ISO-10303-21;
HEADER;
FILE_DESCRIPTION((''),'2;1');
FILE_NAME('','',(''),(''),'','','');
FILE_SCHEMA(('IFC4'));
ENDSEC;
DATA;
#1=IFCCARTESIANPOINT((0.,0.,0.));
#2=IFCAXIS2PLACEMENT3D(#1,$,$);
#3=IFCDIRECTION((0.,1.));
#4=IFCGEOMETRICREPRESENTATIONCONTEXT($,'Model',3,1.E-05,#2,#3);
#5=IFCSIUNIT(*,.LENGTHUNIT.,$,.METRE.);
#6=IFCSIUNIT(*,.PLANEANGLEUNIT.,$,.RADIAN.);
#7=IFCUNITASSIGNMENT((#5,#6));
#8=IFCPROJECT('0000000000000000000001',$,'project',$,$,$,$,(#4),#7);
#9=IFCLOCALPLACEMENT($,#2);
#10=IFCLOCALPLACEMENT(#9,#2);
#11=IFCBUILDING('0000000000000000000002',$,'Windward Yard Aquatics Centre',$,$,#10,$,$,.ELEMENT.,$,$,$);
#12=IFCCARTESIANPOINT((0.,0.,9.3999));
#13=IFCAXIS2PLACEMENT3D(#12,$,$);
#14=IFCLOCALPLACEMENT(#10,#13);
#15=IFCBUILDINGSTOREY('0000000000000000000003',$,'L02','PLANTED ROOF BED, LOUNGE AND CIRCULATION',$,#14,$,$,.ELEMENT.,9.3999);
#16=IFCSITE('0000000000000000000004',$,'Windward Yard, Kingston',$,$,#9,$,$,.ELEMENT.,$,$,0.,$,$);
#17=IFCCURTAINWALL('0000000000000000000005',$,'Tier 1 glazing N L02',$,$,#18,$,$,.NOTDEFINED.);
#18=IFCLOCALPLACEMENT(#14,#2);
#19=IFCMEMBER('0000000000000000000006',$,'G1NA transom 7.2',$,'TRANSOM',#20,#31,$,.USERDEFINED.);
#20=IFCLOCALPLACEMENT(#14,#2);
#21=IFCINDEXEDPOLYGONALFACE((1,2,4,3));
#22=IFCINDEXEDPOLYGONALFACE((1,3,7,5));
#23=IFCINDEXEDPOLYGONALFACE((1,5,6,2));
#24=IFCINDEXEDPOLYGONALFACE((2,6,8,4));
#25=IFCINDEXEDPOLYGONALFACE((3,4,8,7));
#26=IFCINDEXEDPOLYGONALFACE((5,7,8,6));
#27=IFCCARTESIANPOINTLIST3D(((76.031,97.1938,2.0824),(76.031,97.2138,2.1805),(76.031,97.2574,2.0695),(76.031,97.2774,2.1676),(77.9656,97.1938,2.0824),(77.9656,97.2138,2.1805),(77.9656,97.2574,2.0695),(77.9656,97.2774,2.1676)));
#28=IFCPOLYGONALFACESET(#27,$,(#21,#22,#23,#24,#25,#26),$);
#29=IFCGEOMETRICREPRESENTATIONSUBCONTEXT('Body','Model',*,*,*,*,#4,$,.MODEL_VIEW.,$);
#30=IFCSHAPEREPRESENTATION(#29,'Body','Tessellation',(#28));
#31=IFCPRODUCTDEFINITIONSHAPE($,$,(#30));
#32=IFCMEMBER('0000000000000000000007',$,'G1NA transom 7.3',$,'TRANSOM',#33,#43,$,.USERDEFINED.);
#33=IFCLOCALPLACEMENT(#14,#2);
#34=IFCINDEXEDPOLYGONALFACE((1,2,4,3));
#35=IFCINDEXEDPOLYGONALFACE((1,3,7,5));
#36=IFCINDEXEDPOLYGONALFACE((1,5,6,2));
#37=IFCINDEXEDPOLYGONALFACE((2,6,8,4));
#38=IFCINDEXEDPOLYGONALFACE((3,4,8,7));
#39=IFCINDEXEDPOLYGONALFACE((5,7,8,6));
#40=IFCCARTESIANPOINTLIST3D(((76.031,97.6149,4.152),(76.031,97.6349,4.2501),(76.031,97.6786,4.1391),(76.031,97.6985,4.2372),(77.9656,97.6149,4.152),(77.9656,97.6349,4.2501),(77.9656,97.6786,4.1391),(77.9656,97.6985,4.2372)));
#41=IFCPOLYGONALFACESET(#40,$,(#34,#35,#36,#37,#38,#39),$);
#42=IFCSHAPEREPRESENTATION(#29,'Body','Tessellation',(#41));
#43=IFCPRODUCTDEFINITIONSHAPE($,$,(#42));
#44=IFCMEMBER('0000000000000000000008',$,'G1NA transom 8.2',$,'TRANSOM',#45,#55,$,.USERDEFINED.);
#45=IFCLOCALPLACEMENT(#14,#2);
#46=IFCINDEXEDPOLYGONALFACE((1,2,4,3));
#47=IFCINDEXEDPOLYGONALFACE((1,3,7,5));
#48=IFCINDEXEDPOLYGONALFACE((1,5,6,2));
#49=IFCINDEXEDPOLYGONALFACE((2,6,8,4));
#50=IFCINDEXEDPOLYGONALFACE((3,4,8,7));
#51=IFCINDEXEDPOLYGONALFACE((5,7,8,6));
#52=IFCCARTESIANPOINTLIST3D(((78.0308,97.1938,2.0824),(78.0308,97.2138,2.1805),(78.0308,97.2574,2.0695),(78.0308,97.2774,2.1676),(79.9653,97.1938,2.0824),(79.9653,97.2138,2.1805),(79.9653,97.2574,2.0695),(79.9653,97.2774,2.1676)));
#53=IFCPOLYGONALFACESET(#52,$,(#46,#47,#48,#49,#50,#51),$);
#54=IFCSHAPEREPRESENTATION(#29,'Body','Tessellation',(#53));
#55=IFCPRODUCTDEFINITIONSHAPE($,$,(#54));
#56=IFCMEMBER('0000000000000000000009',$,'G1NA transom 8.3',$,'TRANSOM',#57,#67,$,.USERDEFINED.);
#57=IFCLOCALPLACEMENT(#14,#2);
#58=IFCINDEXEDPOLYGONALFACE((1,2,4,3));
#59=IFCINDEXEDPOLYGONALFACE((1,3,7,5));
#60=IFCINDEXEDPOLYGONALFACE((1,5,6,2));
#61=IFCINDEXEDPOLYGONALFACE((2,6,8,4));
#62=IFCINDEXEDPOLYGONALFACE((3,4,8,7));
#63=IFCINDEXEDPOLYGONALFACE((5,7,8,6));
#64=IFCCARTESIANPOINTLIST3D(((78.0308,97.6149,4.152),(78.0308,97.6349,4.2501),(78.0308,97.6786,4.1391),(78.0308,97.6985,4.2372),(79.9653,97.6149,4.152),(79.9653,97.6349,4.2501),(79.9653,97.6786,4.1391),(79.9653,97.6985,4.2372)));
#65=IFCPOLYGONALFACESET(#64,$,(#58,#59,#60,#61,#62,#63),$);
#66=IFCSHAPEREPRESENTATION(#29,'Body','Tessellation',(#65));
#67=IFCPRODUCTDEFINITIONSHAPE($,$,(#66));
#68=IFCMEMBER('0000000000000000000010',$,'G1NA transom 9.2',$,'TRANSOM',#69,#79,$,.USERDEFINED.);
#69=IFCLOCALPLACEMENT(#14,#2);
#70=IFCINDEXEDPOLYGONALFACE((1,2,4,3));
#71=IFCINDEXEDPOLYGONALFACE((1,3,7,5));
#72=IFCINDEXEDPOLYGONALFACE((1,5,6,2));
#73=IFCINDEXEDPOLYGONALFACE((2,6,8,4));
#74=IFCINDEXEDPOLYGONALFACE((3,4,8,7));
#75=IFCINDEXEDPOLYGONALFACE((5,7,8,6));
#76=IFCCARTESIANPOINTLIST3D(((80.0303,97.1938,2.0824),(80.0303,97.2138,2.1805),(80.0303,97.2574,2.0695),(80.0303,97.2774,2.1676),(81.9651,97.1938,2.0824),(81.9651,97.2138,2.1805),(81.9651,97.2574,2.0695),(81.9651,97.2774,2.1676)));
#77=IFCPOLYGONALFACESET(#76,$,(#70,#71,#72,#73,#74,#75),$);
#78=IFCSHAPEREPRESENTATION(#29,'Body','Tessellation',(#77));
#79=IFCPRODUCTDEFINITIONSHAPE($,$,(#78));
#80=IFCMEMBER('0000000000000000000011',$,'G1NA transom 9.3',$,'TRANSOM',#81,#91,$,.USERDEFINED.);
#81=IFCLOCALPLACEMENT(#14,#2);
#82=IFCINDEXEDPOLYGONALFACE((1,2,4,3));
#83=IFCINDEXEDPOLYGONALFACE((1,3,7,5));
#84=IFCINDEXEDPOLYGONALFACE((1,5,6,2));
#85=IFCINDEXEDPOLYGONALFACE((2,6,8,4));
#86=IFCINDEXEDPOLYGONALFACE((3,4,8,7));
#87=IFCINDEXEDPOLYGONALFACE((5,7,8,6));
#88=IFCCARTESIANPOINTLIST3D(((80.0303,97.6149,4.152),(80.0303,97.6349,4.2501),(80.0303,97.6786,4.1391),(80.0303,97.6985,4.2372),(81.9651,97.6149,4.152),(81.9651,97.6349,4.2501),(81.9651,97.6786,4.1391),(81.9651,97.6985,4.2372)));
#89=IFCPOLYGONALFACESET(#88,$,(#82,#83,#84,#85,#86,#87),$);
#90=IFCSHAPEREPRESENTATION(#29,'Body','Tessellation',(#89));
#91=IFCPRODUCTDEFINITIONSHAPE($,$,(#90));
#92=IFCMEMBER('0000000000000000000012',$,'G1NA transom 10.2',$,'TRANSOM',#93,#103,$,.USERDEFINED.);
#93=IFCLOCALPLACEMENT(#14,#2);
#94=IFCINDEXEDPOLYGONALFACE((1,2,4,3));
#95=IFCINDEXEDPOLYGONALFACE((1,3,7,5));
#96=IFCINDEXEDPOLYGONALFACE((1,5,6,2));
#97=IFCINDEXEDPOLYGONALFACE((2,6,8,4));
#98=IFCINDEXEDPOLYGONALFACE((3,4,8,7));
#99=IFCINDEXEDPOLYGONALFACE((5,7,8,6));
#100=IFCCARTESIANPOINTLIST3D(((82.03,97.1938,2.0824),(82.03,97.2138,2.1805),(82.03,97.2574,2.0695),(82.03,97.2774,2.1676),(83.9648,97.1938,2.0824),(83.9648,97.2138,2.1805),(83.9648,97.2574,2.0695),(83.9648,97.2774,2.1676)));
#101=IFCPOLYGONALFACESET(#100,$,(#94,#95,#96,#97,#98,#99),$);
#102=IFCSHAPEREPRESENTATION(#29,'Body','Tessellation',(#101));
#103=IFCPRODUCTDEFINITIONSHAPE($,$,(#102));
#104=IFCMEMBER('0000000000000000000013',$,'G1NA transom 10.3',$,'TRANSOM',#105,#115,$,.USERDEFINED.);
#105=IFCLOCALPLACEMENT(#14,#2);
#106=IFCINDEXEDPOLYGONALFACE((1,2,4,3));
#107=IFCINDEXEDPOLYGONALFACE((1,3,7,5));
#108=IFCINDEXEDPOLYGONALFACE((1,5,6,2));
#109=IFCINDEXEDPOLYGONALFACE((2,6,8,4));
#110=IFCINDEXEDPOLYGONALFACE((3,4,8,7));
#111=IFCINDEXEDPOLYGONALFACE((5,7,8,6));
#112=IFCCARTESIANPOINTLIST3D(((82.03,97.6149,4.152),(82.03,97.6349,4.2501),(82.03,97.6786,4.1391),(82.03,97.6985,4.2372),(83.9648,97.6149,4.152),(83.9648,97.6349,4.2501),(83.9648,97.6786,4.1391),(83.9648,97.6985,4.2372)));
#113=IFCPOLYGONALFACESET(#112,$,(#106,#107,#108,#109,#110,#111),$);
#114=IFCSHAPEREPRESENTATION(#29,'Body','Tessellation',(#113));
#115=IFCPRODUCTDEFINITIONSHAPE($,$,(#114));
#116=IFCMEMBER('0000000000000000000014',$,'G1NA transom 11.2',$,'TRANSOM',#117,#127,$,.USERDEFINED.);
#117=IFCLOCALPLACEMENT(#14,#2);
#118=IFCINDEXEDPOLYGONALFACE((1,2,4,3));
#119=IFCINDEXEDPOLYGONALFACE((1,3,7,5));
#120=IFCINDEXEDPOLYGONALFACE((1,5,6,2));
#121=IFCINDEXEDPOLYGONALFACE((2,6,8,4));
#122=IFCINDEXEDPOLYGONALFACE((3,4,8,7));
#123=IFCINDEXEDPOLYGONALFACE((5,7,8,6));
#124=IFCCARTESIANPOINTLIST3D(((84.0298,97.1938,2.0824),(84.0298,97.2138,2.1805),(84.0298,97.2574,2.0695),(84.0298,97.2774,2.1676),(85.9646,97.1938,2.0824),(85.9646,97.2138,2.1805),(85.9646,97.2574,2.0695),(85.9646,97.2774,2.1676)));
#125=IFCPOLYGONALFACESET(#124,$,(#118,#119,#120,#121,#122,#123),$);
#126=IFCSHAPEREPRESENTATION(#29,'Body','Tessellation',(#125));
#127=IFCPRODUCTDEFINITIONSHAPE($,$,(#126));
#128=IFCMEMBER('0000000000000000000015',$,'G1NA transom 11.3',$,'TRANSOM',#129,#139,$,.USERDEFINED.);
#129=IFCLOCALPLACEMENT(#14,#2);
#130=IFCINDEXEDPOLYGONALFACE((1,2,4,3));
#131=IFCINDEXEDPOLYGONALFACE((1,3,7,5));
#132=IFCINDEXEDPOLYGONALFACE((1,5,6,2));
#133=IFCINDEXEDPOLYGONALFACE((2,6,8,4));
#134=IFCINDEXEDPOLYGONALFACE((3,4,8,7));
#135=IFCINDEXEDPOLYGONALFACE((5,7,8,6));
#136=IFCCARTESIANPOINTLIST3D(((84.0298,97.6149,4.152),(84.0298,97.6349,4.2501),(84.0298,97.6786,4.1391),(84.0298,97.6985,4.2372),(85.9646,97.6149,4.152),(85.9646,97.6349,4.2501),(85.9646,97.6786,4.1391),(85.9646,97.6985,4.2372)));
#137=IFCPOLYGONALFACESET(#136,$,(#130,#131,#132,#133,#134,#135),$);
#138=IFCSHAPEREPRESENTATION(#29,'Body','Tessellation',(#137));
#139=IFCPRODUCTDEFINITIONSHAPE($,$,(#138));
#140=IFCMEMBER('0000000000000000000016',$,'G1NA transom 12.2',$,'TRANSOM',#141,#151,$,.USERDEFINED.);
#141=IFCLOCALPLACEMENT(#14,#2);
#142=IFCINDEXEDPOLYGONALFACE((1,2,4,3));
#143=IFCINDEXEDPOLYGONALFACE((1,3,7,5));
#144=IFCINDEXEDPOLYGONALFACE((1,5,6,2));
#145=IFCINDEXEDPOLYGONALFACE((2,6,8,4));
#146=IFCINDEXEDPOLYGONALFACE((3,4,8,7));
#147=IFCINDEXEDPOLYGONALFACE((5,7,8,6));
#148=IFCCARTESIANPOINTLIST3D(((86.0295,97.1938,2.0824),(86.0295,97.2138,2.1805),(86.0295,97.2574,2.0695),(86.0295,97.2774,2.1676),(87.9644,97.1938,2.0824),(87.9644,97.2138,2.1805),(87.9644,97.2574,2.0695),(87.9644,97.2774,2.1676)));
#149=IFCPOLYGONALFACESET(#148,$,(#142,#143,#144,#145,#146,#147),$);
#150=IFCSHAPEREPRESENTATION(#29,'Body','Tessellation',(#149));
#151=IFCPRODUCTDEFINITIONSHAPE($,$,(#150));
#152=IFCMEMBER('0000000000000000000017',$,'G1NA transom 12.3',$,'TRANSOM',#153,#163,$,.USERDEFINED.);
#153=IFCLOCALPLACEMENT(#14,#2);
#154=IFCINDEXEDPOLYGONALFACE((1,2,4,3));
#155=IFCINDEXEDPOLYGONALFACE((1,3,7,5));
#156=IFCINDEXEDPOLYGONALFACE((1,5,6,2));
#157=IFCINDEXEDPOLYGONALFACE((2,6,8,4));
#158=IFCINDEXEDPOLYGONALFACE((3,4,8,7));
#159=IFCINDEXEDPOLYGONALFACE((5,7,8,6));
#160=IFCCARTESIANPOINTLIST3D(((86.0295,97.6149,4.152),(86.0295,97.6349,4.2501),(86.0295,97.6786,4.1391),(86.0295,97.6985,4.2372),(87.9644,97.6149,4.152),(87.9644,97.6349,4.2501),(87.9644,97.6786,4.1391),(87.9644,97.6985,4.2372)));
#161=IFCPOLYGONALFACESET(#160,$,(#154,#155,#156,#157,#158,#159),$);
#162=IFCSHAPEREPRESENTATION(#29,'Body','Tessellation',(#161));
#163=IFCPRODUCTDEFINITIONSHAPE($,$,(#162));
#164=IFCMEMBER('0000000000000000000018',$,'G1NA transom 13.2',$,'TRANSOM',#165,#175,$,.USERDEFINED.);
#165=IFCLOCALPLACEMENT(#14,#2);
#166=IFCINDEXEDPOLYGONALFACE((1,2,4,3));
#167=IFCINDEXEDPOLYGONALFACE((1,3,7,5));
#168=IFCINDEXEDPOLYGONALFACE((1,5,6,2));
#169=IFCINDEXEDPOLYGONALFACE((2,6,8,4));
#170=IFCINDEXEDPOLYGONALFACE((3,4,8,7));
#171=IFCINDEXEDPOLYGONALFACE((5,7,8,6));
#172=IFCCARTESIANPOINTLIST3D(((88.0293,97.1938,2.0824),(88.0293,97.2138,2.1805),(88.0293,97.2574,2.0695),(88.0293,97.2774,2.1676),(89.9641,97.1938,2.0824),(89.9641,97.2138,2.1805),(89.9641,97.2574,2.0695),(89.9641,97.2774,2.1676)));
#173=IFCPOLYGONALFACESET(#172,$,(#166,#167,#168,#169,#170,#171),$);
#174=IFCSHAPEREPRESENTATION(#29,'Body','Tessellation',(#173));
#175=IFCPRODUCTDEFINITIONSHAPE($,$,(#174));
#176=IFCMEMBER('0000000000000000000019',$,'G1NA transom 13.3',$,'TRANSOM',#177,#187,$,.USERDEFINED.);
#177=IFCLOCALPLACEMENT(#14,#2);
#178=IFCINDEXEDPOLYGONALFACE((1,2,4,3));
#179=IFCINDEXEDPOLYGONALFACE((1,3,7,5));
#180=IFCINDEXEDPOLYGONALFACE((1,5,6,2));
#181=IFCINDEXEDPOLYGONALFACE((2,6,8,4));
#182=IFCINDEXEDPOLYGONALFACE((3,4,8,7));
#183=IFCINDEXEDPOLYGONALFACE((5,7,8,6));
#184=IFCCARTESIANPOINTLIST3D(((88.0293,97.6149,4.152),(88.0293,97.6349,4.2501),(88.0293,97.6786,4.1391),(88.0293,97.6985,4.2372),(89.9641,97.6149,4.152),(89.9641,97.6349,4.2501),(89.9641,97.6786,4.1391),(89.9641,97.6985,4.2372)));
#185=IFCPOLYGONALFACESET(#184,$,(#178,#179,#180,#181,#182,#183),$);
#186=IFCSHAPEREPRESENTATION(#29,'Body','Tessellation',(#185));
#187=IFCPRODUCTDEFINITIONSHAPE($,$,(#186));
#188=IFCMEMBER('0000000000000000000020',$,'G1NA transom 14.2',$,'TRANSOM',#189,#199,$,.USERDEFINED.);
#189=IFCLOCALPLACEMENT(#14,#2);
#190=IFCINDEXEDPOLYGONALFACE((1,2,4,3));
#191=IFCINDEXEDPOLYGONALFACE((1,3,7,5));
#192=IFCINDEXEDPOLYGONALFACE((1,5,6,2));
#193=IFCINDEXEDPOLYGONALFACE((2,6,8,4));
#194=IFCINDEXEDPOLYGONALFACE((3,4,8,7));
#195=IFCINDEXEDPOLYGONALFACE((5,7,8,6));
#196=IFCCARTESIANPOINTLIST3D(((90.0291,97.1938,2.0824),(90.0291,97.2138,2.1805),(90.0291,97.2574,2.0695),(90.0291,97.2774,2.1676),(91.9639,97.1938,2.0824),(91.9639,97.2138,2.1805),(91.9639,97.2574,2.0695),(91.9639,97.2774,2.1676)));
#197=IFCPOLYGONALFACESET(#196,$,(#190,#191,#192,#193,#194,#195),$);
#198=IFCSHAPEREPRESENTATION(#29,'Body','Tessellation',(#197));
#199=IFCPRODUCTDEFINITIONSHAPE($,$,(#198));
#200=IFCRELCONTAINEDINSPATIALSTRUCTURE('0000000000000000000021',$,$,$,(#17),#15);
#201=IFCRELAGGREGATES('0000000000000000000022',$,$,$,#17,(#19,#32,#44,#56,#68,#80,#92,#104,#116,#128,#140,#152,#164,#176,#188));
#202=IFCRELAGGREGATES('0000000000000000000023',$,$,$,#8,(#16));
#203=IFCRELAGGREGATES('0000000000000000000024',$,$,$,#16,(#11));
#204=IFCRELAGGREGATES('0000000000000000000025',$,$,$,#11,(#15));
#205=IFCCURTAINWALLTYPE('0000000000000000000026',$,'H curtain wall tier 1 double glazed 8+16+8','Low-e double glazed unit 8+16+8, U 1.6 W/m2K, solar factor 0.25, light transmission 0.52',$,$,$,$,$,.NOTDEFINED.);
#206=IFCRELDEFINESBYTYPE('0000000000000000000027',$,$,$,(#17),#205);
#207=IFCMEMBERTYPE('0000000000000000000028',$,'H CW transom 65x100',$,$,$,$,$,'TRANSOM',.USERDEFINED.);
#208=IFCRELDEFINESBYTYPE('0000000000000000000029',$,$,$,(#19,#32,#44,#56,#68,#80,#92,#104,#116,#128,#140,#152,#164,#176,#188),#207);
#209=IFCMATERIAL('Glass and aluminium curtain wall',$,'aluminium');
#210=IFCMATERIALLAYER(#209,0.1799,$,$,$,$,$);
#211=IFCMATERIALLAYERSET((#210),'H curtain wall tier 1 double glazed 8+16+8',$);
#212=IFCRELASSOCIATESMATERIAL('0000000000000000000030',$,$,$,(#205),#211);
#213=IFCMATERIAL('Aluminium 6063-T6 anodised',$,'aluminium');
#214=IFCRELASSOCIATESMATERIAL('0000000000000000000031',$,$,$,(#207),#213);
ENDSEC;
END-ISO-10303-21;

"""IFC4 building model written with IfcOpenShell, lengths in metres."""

from ifc_helpers import new_model, si_unit, direction, frame, origin, origin_2d, place, context, subcontext, project, spatial, rectangle, extrude, material, layer, layer_set, material_profile, profile_set, type_object, element, aggregate, save


model = new_model("IFC4")

# Units and contexts
model_context = context("Model", 3, precision=1e-05, world=origin(), true_north=direction((0.0, 1.0)))
body_context = subcontext(model_context, "Body", "Model", "MODEL_VIEW")
ifc_project = project(units=[si_unit("LENGTHUNIT", "METRE"), si_unit("PLANEANGLEUNIT", "RADIAN")], contexts=[model_context])

# Site, building, storey
site_placement = place(None, origin())
site = spatial("IfcSite", under=ifc_project, at=site_placement, Name="Windward Yard, Kingston", CompositionType="ELEMENT", RefElevation=0.0)
building_placement = place(site_placement, origin())
building = spatial("IfcBuilding", under=site, at=building_placement, Name="Windward Yard Aquatics Centre", CompositionType="ELEMENT")
storey_placement = place(building_placement, frame((0.0, 0.0, 9.3999)))
storey = spatial("IfcBuildingStorey", under=building, at=storey_placement, Name="L02", Description="PLANTED ROOF BED, LOUNGE AND CIRCULATION", CompositionType="ELEMENT", Elevation=9.3999)

# Curtain wall, members
ifc_material_1 = material(Name="Glass and aluminium curtain wall", Category="aluminium")
ifc_layer_1 = layer(ifc_material_1, 0.1799)
ifc_layer_set_1 = layer_set([ifc_layer_1], Name="H curtain wall tier 1 double glazed 8+16+8")
curtain_wall_type = type_object("IfcCurtainWallType", Name="H curtain wall tier 1 double glazed 8+16+8", Description="Low-e double glazed unit 8+16+8, U 1.6 W/m2K, solar factor 0.25, light transmission 0.52", PredefinedType="NOTDEFINED", material=ifc_layer_set_1)
curtain_wall_1_placement = place(storey_placement, origin())
curtain_wall_1 = element("IfcCurtainWall", 1, at=curtain_wall_1_placement, inside=storey, type_object=curtain_wall_type, Name="Tier 1 glazing N L02", PredefinedType="NOTDEFINED")
ifc_material_2 = material(Name="Aluminium 6063-T6 anodised", Category="aluminium")
ifc_material_profile = material_profile(ifc_material_2, rectangle(XDim=0.0649, YDim=0.1001, at=origin_2d()), Name="H CW transom 65x100")
ifc_profile_set = profile_set([ifc_material_profile], Name="Aluminium 6063-T6 anodised")
member_type = type_object("IfcMemberType", Name="H CW transom 65x100", ElementType="TRANSOM", PredefinedType="USERDEFINED", material=ifc_profile_set)
member_1_placement = place(storey_placement, frame((76.031, 97.2356, 2.125), z_axis=(1.0, 0.0, 0.0), x_axis=(0.0, -0.979925, 0.199368)))
member_1 = element("IfcMember", 2, at=member_1_placement, type_object=member_type, Name="G1NA transom 7.2", ObjectType="TRANSOM", PredefinedType="USERDEFINED", context=body_context, shape_type="SweptSolid", body=[
    extrude(rectangle(XDim=0.0649, YDim=0.1001, at=origin_2d()), origin(), (0.0, 0.0, 1.0), 1.9346),
])
member_2_placement = place(storey_placement, frame((76.031, 97.6567, 4.1946), z_axis=(1.0, 0.0, 0.0), x_axis=(0.0, -0.979925, 0.199368)))
member_2 = element("IfcMember", 3, at=member_2_placement, type_object=member_type, Name="G1NA transom 7.3", ObjectType="TRANSOM", PredefinedType="USERDEFINED", context=body_context, shape_type="SweptSolid", body=[
    extrude(rectangle(XDim=0.0649, YDim=0.1001, at=origin_2d()), origin(), (0.0, 0.0, 1.0), 1.9346),
])
member_3_placement = place(storey_placement, frame((78.0308, 97.2356, 2.125), z_axis=(1.0, 0.0, 0.0), x_axis=(0.0, -0.979925, 0.199368)))
member_3 = element("IfcMember", 4, at=member_3_placement, type_object=member_type, Name="G1NA transom 8.2", ObjectType="TRANSOM", PredefinedType="USERDEFINED", context=body_context, shape_type="SweptSolid", body=[
    extrude(rectangle(XDim=0.0649, YDim=0.1001, at=origin_2d()), origin(), (0.0, 0.0, 1.0), 1.9346),
])
member_4_placement = place(storey_placement, frame((78.0308, 97.6567, 4.1946), z_axis=(1.0, 0.0, 0.0), x_axis=(0.0, -0.979925, 0.199368)))
member_4 = element("IfcMember", 5, at=member_4_placement, type_object=member_type, Name="G1NA transom 8.3", ObjectType="TRANSOM", PredefinedType="USERDEFINED", context=body_context, shape_type="SweptSolid", body=[
    extrude(rectangle(XDim=0.0649, YDim=0.1001, at=origin_2d()), origin(), (0.0, 0.0, 1.0), 1.9346),
])
member_5_placement = place(storey_placement, frame((80.0303, 97.2356, 2.125), z_axis=(1.0, 0.0, 0.0), x_axis=(0.0, -0.979925, 0.199368)))
member_5 = element("IfcMember", 6, at=member_5_placement, type_object=member_type, Name="G1NA transom 9.2", ObjectType="TRANSOM", PredefinedType="USERDEFINED", context=body_context, shape_type="SweptSolid", body=[
    extrude(rectangle(XDim=0.0649, YDim=0.1001, at=origin_2d()), origin(), (0.0, 0.0, 1.0), 1.9348),
])
member_6_placement = place(storey_placement, frame((80.0303, 97.6567, 4.1946), z_axis=(1.0, 0.0, 0.0), x_axis=(0.0, -0.979925, 0.199368)))
member_6 = element("IfcMember", 7, at=member_6_placement, type_object=member_type, Name="G1NA transom 9.3", ObjectType="TRANSOM", PredefinedType="USERDEFINED", context=body_context, shape_type="SweptSolid", body=[
    extrude(rectangle(XDim=0.0649, YDim=0.1001, at=origin_2d()), origin(), (0.0, 0.0, 1.0), 1.9348),
])
member_7_placement = place(storey_placement, frame((82.03, 97.2356, 2.125), z_axis=(1.0, 0.0, 0.0), x_axis=(0.0, -0.979925, 0.199368)))
member_7 = element("IfcMember", 8, at=member_7_placement, type_object=member_type, Name="G1NA transom 10.2", ObjectType="TRANSOM", PredefinedType="USERDEFINED", context=body_context, shape_type="SweptSolid", body=[
    extrude(rectangle(XDim=0.0649, YDim=0.1001, at=origin_2d()), origin(), (0.0, 0.0, 1.0), 1.9348),
])
member_8_placement = place(storey_placement, frame((82.03, 97.6567, 4.1946), z_axis=(1.0, 0.0, 0.0), x_axis=(0.0, -0.979925, 0.199368)))
member_8 = element("IfcMember", 9, at=member_8_placement, type_object=member_type, Name="G1NA transom 10.3", ObjectType="TRANSOM", PredefinedType="USERDEFINED", context=body_context, shape_type="SweptSolid", body=[
    extrude(rectangle(XDim=0.0649, YDim=0.1001, at=origin_2d()), origin(), (0.0, 0.0, 1.0), 1.9348),
])
member_9_placement = place(storey_placement, frame((84.0298, 97.2356, 2.125), z_axis=(1.0, 0.0, 0.0), x_axis=(0.0, -0.979925, 0.199368)))
member_9 = element("IfcMember", 10, at=member_9_placement, type_object=member_type, Name="G1NA transom 11.2", ObjectType="TRANSOM", PredefinedType="USERDEFINED", context=body_context, shape_type="SweptSolid", body=[
    extrude(rectangle(XDim=0.0649, YDim=0.1001, at=origin_2d()), origin(), (0.0, 0.0, 1.0), 1.9348),
])
member_10_placement = place(storey_placement, frame((84.0298, 97.6567, 4.1946), z_axis=(1.0, 0.0, 0.0), x_axis=(0.0, -0.979925, 0.199368)))
member_10 = element("IfcMember", 11, at=member_10_placement, type_object=member_type, Name="G1NA transom 11.3", ObjectType="TRANSOM", PredefinedType="USERDEFINED", context=body_context, shape_type="SweptSolid", body=[
    extrude(rectangle(XDim=0.0649, YDim=0.1001, at=origin_2d()), origin(), (0.0, 0.0, 1.0), 1.9348),
])
member_11_placement = place(storey_placement, frame((86.0295, 97.2356, 2.125), z_axis=(1.0, 0.0, 0.0), x_axis=(0.0, -0.979925, 0.199368)))
member_11 = element("IfcMember", 12, at=member_11_placement, type_object=member_type, Name="G1NA transom 12.2", ObjectType="TRANSOM", PredefinedType="USERDEFINED", context=body_context, shape_type="SweptSolid", body=[
    extrude(rectangle(XDim=0.0649, YDim=0.1001, at=origin_2d()), origin(), (0.0, 0.0, 1.0), 1.9348),
])
member_12_placement = place(storey_placement, frame((86.0295, 97.6567, 4.1946), z_axis=(1.0, 0.0, 0.0), x_axis=(0.0, -0.979925, 0.199368)))
member_12 = element("IfcMember", 13, at=member_12_placement, type_object=member_type, Name="G1NA transom 12.3", ObjectType="TRANSOM", PredefinedType="USERDEFINED", context=body_context, shape_type="SweptSolid", body=[
    extrude(rectangle(XDim=0.0649, YDim=0.1001, at=origin_2d()), origin(), (0.0, 0.0, 1.0), 1.9348),
])
member_13_placement = place(storey_placement, frame((88.0293, 97.2356, 2.125), z_axis=(1.0, 0.0, 0.0), x_axis=(0.0, -0.979925, 0.199368)))
member_13 = element("IfcMember", 14, at=member_13_placement, type_object=member_type, Name="G1NA transom 13.2", ObjectType="TRANSOM", PredefinedType="USERDEFINED", context=body_context, shape_type="SweptSolid", body=[
    extrude(rectangle(XDim=0.0649, YDim=0.1001, at=origin_2d()), origin(), (0.0, 0.0, 1.0), 1.9348),
])
member_14_placement = place(storey_placement, frame((88.0293, 97.6567, 4.1946), z_axis=(1.0, 0.0, 0.0), x_axis=(0.0, -0.979925, 0.199368)))
member_14 = element("IfcMember", 15, at=member_14_placement, type_object=member_type, Name="G1NA transom 13.3", ObjectType="TRANSOM", PredefinedType="USERDEFINED", context=body_context, shape_type="SweptSolid", body=[
    extrude(rectangle(XDim=0.0649, YDim=0.1001, at=origin_2d()), origin(), (0.0, 0.0, 1.0), 1.9348),
])
member_15_placement = place(storey_placement, frame((90.0291, 97.2356, 2.125), z_axis=(1.0, 0.0, 0.0), x_axis=(0.0, -0.979925, 0.199368)))
member_15 = element("IfcMember", 16, at=member_15_placement, type_object=member_type, Name="G1NA transom 14.2", ObjectType="TRANSOM", PredefinedType="USERDEFINED", context=body_context, shape_type="SweptSolid", body=[
    extrude(rectangle(XDim=0.0649, YDim=0.1001, at=origin_2d()), origin(), (0.0, 0.0, 1.0), 1.9348),
])

aggregate(curtain_wall_1, [member_1, member_2, member_3, member_4, member_5, member_6, member_7, member_8, member_9, member_10, member_11, member_12, member_13, member_14, member_15])

save(model, "model.ifc")
